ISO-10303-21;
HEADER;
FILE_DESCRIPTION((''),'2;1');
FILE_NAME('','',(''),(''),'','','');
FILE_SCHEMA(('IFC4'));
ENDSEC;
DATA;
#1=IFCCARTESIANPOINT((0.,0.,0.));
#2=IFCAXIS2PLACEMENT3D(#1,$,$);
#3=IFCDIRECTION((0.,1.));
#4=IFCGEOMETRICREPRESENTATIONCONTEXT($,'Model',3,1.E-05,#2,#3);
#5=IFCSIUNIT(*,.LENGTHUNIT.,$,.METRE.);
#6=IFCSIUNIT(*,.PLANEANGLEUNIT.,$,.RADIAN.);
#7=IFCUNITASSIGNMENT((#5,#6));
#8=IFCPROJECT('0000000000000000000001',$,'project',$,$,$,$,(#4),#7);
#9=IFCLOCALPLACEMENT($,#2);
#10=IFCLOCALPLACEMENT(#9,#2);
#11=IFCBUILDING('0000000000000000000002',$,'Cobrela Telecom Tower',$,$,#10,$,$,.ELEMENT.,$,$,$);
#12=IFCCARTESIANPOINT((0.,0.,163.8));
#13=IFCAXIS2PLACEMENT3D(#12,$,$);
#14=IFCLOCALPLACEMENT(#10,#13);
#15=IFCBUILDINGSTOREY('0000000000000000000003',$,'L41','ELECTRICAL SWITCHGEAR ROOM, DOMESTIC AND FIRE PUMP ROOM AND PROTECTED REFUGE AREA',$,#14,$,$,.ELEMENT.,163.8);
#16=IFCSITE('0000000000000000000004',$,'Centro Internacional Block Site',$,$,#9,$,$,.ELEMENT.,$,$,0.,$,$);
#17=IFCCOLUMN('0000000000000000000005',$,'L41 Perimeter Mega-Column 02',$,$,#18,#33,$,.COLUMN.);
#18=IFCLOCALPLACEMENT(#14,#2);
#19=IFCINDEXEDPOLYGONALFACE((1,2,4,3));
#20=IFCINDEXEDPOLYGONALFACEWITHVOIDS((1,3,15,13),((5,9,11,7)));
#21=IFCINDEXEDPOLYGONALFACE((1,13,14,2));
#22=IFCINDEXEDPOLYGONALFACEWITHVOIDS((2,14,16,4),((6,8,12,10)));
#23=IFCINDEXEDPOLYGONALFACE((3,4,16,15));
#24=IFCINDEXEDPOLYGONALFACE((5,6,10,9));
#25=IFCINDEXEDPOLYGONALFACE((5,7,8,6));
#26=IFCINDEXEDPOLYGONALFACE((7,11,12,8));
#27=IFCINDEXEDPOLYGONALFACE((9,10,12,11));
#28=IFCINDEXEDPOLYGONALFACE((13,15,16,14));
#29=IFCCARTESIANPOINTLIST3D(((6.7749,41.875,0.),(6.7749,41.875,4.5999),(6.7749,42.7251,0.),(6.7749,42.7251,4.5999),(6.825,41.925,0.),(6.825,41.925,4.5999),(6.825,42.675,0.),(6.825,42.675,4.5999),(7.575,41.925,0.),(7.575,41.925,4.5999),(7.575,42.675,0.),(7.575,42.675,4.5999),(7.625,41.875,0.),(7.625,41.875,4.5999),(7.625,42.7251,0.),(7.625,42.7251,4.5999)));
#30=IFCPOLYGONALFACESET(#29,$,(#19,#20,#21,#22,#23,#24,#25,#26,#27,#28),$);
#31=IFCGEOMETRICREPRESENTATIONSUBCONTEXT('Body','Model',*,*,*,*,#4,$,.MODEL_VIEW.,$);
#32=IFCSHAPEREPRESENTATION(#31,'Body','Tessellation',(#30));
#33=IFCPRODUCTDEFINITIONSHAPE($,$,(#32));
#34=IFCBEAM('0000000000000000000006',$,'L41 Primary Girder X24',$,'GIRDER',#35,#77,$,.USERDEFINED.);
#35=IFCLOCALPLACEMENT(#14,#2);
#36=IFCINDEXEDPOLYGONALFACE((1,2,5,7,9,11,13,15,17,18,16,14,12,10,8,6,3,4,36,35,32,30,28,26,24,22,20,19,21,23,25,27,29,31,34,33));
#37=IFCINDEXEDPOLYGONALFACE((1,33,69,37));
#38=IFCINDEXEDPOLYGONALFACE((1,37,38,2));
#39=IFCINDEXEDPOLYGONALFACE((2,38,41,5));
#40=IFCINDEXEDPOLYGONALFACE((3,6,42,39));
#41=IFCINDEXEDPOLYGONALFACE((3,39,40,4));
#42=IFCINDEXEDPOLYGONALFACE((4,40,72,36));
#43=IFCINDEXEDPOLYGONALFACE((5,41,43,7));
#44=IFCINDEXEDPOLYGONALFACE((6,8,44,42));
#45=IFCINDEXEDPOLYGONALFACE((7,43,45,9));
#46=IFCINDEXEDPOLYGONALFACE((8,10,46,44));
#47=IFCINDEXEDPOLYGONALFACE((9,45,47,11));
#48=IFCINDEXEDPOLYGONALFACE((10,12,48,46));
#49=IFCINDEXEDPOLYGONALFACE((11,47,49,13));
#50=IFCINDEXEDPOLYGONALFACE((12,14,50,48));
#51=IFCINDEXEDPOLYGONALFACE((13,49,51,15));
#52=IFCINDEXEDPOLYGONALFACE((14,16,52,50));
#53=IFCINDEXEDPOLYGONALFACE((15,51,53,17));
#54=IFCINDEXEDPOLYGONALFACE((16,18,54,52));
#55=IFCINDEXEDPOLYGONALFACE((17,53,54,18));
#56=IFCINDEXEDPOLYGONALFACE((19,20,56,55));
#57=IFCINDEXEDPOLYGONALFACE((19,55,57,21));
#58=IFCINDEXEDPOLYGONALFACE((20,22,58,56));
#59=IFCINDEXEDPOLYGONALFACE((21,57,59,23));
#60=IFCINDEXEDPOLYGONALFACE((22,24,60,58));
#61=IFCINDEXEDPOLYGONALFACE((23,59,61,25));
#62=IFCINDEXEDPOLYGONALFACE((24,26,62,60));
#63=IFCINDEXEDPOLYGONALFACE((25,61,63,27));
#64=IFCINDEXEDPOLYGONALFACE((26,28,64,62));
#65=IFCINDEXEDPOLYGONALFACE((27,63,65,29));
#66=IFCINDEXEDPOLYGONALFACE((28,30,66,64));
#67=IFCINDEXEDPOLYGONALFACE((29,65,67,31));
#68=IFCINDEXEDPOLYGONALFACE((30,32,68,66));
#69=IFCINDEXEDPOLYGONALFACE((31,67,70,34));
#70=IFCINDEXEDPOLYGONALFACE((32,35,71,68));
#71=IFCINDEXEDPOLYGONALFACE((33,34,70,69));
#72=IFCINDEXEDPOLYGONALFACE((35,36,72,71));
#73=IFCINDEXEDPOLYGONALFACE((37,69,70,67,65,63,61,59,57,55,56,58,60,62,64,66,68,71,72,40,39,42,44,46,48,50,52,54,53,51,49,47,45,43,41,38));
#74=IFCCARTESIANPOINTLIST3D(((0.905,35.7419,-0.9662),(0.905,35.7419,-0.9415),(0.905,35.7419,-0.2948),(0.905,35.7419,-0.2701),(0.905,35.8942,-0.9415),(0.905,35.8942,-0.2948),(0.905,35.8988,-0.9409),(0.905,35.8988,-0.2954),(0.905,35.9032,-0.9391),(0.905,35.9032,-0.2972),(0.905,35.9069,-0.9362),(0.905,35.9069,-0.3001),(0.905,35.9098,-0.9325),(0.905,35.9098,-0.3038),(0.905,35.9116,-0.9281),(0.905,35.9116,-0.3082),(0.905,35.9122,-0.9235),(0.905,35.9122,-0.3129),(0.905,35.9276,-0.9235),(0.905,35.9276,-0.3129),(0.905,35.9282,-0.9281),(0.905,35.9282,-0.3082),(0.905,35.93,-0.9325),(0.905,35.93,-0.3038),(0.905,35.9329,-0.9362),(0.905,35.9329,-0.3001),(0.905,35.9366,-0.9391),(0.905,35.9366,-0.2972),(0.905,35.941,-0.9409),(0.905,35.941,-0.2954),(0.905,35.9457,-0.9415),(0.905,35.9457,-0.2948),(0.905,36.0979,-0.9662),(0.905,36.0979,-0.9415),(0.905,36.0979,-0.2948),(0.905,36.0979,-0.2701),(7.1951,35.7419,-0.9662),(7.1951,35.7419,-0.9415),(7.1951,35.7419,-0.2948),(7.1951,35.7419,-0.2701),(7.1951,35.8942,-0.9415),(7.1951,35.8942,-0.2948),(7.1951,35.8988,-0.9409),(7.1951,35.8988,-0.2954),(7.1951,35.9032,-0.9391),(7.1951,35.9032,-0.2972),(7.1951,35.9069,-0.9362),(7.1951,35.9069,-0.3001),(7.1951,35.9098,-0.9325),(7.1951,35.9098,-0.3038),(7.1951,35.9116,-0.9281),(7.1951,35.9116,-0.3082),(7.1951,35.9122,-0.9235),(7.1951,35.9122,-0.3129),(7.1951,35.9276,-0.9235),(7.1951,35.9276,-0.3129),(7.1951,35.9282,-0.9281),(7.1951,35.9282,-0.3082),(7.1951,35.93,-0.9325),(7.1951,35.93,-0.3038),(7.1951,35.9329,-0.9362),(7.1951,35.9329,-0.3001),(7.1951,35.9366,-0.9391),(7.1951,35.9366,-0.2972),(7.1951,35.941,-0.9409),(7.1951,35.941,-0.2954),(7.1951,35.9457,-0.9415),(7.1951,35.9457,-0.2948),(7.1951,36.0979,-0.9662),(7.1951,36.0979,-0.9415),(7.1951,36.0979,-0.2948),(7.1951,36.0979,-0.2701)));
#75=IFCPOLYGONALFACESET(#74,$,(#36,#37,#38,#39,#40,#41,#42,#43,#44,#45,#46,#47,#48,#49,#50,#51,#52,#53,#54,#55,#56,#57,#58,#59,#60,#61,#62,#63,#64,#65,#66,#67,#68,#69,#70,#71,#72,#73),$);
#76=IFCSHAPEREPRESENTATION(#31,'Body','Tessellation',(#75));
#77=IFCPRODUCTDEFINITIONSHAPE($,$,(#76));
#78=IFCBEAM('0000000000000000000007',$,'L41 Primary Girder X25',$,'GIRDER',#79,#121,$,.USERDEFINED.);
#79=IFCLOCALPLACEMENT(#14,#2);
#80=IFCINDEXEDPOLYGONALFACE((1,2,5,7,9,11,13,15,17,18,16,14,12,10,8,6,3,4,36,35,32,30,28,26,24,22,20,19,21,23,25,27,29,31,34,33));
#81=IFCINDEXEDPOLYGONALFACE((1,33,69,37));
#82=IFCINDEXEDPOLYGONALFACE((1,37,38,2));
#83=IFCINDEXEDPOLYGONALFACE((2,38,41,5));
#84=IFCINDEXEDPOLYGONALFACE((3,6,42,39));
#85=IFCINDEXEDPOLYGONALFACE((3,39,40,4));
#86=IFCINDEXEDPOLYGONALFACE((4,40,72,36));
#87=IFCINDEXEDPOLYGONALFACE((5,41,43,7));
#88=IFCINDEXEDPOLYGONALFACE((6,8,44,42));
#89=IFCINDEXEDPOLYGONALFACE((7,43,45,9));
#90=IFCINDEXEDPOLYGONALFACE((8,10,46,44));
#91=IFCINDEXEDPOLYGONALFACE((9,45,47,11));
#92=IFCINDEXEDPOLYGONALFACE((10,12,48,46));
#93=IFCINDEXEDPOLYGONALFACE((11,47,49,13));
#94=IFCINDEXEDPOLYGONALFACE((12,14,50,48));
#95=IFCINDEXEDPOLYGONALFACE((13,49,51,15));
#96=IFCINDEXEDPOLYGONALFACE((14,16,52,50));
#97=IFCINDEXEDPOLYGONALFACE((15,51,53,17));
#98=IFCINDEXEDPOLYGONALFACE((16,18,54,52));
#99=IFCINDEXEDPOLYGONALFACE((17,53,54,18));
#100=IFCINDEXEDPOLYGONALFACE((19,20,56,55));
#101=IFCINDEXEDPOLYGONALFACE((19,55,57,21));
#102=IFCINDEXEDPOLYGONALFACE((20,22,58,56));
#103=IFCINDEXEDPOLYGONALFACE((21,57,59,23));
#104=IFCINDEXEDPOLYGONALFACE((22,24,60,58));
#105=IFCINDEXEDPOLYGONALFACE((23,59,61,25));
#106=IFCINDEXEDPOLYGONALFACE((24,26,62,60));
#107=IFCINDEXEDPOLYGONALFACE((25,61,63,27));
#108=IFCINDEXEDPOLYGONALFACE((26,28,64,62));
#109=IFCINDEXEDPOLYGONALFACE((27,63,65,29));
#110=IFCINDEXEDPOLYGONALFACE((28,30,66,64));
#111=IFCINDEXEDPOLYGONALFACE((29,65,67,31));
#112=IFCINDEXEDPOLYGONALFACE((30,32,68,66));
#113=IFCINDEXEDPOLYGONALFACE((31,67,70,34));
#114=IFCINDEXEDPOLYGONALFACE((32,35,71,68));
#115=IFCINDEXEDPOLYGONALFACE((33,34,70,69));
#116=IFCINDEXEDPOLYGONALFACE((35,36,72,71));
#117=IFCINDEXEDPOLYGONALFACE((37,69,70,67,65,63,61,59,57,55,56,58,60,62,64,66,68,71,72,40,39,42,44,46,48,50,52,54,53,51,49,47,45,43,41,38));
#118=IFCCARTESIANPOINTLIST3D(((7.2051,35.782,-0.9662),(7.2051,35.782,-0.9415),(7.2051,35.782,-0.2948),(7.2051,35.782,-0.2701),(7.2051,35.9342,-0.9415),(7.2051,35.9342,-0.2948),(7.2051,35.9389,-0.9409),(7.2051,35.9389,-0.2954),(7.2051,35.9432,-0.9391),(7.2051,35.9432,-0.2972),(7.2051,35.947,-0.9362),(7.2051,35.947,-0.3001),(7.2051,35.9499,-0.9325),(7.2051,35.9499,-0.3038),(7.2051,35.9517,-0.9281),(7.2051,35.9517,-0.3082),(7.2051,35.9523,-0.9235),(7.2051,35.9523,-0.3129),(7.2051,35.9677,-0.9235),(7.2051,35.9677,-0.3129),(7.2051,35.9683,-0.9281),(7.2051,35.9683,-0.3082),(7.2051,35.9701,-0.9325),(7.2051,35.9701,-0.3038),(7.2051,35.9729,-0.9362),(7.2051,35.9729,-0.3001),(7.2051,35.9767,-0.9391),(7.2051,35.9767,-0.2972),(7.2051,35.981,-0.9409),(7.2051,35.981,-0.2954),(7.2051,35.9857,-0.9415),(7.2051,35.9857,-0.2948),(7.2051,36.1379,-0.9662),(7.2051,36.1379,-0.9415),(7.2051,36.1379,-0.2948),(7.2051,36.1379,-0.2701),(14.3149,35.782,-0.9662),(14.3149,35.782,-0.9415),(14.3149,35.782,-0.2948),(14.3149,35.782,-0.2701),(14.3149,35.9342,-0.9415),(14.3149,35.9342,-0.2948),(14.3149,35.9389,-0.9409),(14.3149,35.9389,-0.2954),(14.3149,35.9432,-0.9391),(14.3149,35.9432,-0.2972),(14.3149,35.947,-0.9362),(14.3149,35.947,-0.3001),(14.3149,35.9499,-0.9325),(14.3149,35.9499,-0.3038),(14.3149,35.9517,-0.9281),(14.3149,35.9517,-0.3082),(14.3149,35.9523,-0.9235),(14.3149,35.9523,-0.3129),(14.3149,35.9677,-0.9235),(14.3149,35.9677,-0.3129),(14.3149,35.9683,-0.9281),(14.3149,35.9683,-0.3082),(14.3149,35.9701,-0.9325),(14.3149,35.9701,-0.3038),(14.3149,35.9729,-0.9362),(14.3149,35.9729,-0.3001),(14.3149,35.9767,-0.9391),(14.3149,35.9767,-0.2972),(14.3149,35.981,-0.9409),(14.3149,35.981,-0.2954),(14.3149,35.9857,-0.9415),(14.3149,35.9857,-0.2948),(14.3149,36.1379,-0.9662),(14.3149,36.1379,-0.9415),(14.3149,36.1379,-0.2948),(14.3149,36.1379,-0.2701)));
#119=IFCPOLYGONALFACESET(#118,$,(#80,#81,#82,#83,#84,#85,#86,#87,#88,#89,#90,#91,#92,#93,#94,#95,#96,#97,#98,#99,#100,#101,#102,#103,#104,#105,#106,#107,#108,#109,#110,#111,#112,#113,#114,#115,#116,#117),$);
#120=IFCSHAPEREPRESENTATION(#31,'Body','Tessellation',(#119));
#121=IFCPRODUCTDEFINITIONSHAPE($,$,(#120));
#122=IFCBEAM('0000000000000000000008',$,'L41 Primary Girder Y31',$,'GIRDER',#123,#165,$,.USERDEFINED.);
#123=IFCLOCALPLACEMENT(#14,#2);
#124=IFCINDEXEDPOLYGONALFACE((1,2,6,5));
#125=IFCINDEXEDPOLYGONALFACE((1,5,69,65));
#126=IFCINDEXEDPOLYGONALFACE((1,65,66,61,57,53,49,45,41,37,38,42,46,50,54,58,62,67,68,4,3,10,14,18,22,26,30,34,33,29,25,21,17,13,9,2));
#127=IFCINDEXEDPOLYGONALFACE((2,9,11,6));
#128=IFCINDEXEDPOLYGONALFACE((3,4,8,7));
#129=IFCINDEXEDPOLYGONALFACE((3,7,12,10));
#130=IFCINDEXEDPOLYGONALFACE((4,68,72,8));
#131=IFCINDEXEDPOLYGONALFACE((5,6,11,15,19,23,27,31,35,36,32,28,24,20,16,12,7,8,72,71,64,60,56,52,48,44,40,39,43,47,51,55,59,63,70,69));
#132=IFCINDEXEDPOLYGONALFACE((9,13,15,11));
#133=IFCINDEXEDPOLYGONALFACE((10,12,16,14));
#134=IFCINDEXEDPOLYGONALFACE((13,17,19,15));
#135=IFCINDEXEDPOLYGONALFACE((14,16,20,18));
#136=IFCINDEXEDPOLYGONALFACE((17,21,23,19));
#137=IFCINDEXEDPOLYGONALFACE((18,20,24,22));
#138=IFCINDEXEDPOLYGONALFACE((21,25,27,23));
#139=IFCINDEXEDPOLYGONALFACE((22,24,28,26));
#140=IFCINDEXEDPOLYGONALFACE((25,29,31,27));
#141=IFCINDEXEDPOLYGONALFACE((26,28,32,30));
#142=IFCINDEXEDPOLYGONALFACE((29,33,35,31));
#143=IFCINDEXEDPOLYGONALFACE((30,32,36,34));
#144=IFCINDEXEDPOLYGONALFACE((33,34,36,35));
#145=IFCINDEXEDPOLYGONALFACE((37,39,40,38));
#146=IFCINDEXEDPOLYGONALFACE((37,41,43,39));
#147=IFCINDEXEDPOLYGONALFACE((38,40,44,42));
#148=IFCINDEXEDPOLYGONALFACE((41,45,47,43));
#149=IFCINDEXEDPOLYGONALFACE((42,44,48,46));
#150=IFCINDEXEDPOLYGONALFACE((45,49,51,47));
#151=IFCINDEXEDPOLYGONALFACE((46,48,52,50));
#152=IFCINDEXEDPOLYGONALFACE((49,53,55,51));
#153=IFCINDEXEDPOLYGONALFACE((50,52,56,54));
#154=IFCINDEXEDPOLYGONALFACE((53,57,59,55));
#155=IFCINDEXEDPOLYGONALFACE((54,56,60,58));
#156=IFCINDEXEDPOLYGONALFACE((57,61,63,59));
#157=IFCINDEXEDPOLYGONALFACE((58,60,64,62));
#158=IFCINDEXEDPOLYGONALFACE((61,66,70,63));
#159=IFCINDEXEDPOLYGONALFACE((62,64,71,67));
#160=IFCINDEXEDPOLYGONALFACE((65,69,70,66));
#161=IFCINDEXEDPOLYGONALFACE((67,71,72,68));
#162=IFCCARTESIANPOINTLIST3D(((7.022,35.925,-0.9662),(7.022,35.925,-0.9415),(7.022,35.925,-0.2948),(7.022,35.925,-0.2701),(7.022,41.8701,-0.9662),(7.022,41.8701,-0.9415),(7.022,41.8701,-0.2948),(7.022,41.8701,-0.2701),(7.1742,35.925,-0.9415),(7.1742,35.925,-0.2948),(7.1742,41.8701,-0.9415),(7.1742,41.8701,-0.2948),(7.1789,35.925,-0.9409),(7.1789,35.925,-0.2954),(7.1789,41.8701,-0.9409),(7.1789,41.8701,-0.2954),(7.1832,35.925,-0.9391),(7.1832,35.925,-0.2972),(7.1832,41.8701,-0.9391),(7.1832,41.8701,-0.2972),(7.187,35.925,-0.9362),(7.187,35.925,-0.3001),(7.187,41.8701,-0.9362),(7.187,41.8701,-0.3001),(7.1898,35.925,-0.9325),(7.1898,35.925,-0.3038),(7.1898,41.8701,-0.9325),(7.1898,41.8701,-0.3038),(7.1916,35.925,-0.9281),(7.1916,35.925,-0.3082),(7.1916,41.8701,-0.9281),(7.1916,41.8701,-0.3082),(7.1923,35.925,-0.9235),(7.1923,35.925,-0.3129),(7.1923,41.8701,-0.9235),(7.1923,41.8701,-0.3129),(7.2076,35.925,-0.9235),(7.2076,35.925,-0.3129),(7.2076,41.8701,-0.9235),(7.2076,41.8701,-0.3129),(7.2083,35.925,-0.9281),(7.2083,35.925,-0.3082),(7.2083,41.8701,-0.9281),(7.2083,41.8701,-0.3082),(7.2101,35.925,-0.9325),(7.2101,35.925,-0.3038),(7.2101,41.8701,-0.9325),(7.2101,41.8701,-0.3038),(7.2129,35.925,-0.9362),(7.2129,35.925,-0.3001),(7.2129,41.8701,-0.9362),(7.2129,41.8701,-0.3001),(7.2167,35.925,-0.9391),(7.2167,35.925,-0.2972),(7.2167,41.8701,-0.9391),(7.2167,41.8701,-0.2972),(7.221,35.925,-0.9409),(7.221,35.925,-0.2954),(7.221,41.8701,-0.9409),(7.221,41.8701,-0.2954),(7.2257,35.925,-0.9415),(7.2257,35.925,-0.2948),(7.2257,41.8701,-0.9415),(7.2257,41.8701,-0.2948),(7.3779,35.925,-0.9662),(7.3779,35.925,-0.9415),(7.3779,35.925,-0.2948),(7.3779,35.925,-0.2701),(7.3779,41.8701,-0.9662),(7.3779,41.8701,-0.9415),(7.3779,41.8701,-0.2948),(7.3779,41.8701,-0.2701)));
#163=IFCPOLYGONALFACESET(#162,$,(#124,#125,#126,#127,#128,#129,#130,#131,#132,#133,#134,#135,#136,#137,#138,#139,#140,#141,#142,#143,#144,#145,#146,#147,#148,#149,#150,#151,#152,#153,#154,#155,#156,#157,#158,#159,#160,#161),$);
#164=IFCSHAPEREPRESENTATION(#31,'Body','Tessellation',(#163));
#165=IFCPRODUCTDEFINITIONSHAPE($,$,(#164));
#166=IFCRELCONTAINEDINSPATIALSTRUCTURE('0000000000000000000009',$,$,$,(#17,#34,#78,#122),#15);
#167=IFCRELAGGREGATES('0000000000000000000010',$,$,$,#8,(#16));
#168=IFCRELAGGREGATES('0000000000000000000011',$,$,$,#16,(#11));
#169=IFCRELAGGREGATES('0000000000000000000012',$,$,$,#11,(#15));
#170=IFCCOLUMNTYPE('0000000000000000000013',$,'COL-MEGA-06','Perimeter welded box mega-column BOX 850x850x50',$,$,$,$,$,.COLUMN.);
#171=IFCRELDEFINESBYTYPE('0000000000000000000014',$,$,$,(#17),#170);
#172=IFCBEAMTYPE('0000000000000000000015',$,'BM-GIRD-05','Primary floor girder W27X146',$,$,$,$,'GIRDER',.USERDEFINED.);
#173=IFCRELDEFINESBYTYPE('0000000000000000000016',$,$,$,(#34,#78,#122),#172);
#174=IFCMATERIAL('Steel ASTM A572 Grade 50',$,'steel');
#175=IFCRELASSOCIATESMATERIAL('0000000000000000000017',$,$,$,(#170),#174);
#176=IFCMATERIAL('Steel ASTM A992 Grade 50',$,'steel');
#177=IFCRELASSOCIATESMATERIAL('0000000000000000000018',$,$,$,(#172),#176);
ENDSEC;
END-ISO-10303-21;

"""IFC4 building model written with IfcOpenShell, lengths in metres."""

from ifc_helpers import new_model, si_unit, direction, frame, origin, origin_2d, place, context, subcontext, project, spatial, hollow_rectangle, i_section, extrude, material, material_profile, profile_set, type_object, element, save


model = new_model("IFC4")

# Units and contexts
model_context = context("Model", 3, precision=1e-05, world=origin(), true_north=direction((0.0, 1.0)))
body_context = subcontext(model_context, "Body", "Model", "MODEL_VIEW")
ifc_project = project(units=[si_unit("LENGTHUNIT", "METRE"), si_unit("PLANEANGLEUNIT", "RADIAN")], contexts=[model_context])

# Site, building, storey
site_placement = place(None, origin())
site = spatial("IfcSite", under=ifc_project, at=site_placement, Name="Centro Internacional Block Site", CompositionType="ELEMENT", RefElevation=0.0)
building_placement = place(site_placement, origin())
building = spatial("IfcBuilding", under=site, at=building_placement, Name="Cobrela Telecom Tower", CompositionType="ELEMENT")
storey_placement = place(building_placement, frame((0.0, 0.0, 163.8)))
storey = spatial("IfcBuildingStorey", under=building, at=storey_placement, Name="L41", Description="ELECTRICAL SWITCHGEAR ROOM, DOMESTIC AND FIRE PUMP ROOM AND PROTECTED REFUGE AREA", CompositionType="ELEMENT", Elevation=163.8)

# Column
ifc_material_1 = material(Name="Steel ASTM A572 Grade 50", Category="steel")
ifc_material_profile_1 = material_profile(ifc_material_1, hollow_rectangle(XDim=0.8501, YDim=0.8501, WallThickness=0.05, at=origin_2d()), Name="BOX 850x850x50")
ifc_profile_set_1 = profile_set([ifc_material_profile_1], Name="Steel ASTM A572 Grade 50")
column_type = type_object("IfcColumnType", Name="COL-MEGA-06", Description="Perimeter welded box mega-column BOX 850x850x50", PredefinedType="COLUMN", material=ifc_profile_set_1)
column_placement = place(storey_placement, frame((7.2, 42.3, 0.0), z_axis=(0.0, 0.0, 1.0), x_axis=(1.0, 0.0, 0.0)))
element("IfcColumn", 1, at=column_placement, inside=storey, type_object=column_type, Name="L41 Perimeter Mega-Column 02", PredefinedType="COLUMN", context=body_context, shape_type="SweptSolid", body=[
    extrude(hollow_rectangle(XDim=0.8501, YDim=0.8501, WallThickness=0.05, at=origin_2d()), origin(), (0.0, 0.0, 1.0), 4.5999),
])

# Beams
ifc_material_2 = material(Name="Steel ASTM A992 Grade 50", Category="steel")
ifc_material_profile_2 = material_profile(ifc_material_2, i_section(OverallWidth=0.356, OverallDepth=0.696, WebThickness=0.0154, FlangeThickness=0.0247, FilletRadius=0.0181, at=origin_2d()), Name="W27X146")
ifc_profile_set_2 = profile_set([ifc_material_profile_2], Name="Steel ASTM A992 Grade 50")
beam_type_1 = type_object("IfcBeamType", Name="BM-GIRD-05", Description="Primary floor girder W27X146", ElementType="GIRDER", PredefinedType="USERDEFINED", material=ifc_profile_set_2)
beam_1_placement = place(storey_placement, frame((0.905, 35.9199, -0.6182), z_axis=(1.0, 0.0, 0.0), x_axis=(0.0, 1.0, 0.0)))
element("IfcBeam", 2, at=beam_1_placement, inside=storey, type_object=beam_type_1, Name="L41 Primary Girder X24", ObjectType="GIRDER", PredefinedType="USERDEFINED", context=body_context, shape_type="SweptSolid", body=[
    extrude(i_section(OverallWidth=0.356, OverallDepth=0.696, WebThickness=0.0154, FlangeThickness=0.0247, FilletRadius=0.0181, at=origin_2d()), origin(), (0.0, 0.0, 1.0), 6.29),
])
beam_2_placement = place(storey_placement, frame((7.2051, 35.96, -0.6182), z_axis=(1.0, 0.0, 0.0), x_axis=(0.0, 1.0, 0.0)))
element("IfcBeam", 3, at=beam_2_placement, inside=storey, type_object=beam_type_1, Name="L41 Primary Girder X25", ObjectType="GIRDER", PredefinedType="USERDEFINED", context=body_context, shape_type="SweptSolid", body=[
    extrude(i_section(OverallWidth=0.356, OverallDepth=0.696, WebThickness=0.0154, FlangeThickness=0.0247, FilletRadius=0.0181, at=origin_2d()), origin(), (0.0, 0.0, 1.0), 7.1099),
])
beam_3_placement = place(storey_placement, frame((7.2, 35.925, -0.6182), z_axis=(0.0, 1.0, 0.0), x_axis=(-1.0, 0.0, 0.0)))
element("IfcBeam", 4, at=beam_3_placement, inside=storey, type_object=beam_type_1, Name="L41 Primary Girder Y31", ObjectType="GIRDER", PredefinedType="USERDEFINED", context=body_context, shape_type="SweptSolid", body=[
    extrude(i_section(OverallWidth=0.356, OverallDepth=0.696, WebThickness=0.0154, FlangeThickness=0.0247, FilletRadius=0.0181, at=origin_2d()), origin(), (0.0, 0.0, 1.0), 5.9451),
])

save(model, "model.ifc")
